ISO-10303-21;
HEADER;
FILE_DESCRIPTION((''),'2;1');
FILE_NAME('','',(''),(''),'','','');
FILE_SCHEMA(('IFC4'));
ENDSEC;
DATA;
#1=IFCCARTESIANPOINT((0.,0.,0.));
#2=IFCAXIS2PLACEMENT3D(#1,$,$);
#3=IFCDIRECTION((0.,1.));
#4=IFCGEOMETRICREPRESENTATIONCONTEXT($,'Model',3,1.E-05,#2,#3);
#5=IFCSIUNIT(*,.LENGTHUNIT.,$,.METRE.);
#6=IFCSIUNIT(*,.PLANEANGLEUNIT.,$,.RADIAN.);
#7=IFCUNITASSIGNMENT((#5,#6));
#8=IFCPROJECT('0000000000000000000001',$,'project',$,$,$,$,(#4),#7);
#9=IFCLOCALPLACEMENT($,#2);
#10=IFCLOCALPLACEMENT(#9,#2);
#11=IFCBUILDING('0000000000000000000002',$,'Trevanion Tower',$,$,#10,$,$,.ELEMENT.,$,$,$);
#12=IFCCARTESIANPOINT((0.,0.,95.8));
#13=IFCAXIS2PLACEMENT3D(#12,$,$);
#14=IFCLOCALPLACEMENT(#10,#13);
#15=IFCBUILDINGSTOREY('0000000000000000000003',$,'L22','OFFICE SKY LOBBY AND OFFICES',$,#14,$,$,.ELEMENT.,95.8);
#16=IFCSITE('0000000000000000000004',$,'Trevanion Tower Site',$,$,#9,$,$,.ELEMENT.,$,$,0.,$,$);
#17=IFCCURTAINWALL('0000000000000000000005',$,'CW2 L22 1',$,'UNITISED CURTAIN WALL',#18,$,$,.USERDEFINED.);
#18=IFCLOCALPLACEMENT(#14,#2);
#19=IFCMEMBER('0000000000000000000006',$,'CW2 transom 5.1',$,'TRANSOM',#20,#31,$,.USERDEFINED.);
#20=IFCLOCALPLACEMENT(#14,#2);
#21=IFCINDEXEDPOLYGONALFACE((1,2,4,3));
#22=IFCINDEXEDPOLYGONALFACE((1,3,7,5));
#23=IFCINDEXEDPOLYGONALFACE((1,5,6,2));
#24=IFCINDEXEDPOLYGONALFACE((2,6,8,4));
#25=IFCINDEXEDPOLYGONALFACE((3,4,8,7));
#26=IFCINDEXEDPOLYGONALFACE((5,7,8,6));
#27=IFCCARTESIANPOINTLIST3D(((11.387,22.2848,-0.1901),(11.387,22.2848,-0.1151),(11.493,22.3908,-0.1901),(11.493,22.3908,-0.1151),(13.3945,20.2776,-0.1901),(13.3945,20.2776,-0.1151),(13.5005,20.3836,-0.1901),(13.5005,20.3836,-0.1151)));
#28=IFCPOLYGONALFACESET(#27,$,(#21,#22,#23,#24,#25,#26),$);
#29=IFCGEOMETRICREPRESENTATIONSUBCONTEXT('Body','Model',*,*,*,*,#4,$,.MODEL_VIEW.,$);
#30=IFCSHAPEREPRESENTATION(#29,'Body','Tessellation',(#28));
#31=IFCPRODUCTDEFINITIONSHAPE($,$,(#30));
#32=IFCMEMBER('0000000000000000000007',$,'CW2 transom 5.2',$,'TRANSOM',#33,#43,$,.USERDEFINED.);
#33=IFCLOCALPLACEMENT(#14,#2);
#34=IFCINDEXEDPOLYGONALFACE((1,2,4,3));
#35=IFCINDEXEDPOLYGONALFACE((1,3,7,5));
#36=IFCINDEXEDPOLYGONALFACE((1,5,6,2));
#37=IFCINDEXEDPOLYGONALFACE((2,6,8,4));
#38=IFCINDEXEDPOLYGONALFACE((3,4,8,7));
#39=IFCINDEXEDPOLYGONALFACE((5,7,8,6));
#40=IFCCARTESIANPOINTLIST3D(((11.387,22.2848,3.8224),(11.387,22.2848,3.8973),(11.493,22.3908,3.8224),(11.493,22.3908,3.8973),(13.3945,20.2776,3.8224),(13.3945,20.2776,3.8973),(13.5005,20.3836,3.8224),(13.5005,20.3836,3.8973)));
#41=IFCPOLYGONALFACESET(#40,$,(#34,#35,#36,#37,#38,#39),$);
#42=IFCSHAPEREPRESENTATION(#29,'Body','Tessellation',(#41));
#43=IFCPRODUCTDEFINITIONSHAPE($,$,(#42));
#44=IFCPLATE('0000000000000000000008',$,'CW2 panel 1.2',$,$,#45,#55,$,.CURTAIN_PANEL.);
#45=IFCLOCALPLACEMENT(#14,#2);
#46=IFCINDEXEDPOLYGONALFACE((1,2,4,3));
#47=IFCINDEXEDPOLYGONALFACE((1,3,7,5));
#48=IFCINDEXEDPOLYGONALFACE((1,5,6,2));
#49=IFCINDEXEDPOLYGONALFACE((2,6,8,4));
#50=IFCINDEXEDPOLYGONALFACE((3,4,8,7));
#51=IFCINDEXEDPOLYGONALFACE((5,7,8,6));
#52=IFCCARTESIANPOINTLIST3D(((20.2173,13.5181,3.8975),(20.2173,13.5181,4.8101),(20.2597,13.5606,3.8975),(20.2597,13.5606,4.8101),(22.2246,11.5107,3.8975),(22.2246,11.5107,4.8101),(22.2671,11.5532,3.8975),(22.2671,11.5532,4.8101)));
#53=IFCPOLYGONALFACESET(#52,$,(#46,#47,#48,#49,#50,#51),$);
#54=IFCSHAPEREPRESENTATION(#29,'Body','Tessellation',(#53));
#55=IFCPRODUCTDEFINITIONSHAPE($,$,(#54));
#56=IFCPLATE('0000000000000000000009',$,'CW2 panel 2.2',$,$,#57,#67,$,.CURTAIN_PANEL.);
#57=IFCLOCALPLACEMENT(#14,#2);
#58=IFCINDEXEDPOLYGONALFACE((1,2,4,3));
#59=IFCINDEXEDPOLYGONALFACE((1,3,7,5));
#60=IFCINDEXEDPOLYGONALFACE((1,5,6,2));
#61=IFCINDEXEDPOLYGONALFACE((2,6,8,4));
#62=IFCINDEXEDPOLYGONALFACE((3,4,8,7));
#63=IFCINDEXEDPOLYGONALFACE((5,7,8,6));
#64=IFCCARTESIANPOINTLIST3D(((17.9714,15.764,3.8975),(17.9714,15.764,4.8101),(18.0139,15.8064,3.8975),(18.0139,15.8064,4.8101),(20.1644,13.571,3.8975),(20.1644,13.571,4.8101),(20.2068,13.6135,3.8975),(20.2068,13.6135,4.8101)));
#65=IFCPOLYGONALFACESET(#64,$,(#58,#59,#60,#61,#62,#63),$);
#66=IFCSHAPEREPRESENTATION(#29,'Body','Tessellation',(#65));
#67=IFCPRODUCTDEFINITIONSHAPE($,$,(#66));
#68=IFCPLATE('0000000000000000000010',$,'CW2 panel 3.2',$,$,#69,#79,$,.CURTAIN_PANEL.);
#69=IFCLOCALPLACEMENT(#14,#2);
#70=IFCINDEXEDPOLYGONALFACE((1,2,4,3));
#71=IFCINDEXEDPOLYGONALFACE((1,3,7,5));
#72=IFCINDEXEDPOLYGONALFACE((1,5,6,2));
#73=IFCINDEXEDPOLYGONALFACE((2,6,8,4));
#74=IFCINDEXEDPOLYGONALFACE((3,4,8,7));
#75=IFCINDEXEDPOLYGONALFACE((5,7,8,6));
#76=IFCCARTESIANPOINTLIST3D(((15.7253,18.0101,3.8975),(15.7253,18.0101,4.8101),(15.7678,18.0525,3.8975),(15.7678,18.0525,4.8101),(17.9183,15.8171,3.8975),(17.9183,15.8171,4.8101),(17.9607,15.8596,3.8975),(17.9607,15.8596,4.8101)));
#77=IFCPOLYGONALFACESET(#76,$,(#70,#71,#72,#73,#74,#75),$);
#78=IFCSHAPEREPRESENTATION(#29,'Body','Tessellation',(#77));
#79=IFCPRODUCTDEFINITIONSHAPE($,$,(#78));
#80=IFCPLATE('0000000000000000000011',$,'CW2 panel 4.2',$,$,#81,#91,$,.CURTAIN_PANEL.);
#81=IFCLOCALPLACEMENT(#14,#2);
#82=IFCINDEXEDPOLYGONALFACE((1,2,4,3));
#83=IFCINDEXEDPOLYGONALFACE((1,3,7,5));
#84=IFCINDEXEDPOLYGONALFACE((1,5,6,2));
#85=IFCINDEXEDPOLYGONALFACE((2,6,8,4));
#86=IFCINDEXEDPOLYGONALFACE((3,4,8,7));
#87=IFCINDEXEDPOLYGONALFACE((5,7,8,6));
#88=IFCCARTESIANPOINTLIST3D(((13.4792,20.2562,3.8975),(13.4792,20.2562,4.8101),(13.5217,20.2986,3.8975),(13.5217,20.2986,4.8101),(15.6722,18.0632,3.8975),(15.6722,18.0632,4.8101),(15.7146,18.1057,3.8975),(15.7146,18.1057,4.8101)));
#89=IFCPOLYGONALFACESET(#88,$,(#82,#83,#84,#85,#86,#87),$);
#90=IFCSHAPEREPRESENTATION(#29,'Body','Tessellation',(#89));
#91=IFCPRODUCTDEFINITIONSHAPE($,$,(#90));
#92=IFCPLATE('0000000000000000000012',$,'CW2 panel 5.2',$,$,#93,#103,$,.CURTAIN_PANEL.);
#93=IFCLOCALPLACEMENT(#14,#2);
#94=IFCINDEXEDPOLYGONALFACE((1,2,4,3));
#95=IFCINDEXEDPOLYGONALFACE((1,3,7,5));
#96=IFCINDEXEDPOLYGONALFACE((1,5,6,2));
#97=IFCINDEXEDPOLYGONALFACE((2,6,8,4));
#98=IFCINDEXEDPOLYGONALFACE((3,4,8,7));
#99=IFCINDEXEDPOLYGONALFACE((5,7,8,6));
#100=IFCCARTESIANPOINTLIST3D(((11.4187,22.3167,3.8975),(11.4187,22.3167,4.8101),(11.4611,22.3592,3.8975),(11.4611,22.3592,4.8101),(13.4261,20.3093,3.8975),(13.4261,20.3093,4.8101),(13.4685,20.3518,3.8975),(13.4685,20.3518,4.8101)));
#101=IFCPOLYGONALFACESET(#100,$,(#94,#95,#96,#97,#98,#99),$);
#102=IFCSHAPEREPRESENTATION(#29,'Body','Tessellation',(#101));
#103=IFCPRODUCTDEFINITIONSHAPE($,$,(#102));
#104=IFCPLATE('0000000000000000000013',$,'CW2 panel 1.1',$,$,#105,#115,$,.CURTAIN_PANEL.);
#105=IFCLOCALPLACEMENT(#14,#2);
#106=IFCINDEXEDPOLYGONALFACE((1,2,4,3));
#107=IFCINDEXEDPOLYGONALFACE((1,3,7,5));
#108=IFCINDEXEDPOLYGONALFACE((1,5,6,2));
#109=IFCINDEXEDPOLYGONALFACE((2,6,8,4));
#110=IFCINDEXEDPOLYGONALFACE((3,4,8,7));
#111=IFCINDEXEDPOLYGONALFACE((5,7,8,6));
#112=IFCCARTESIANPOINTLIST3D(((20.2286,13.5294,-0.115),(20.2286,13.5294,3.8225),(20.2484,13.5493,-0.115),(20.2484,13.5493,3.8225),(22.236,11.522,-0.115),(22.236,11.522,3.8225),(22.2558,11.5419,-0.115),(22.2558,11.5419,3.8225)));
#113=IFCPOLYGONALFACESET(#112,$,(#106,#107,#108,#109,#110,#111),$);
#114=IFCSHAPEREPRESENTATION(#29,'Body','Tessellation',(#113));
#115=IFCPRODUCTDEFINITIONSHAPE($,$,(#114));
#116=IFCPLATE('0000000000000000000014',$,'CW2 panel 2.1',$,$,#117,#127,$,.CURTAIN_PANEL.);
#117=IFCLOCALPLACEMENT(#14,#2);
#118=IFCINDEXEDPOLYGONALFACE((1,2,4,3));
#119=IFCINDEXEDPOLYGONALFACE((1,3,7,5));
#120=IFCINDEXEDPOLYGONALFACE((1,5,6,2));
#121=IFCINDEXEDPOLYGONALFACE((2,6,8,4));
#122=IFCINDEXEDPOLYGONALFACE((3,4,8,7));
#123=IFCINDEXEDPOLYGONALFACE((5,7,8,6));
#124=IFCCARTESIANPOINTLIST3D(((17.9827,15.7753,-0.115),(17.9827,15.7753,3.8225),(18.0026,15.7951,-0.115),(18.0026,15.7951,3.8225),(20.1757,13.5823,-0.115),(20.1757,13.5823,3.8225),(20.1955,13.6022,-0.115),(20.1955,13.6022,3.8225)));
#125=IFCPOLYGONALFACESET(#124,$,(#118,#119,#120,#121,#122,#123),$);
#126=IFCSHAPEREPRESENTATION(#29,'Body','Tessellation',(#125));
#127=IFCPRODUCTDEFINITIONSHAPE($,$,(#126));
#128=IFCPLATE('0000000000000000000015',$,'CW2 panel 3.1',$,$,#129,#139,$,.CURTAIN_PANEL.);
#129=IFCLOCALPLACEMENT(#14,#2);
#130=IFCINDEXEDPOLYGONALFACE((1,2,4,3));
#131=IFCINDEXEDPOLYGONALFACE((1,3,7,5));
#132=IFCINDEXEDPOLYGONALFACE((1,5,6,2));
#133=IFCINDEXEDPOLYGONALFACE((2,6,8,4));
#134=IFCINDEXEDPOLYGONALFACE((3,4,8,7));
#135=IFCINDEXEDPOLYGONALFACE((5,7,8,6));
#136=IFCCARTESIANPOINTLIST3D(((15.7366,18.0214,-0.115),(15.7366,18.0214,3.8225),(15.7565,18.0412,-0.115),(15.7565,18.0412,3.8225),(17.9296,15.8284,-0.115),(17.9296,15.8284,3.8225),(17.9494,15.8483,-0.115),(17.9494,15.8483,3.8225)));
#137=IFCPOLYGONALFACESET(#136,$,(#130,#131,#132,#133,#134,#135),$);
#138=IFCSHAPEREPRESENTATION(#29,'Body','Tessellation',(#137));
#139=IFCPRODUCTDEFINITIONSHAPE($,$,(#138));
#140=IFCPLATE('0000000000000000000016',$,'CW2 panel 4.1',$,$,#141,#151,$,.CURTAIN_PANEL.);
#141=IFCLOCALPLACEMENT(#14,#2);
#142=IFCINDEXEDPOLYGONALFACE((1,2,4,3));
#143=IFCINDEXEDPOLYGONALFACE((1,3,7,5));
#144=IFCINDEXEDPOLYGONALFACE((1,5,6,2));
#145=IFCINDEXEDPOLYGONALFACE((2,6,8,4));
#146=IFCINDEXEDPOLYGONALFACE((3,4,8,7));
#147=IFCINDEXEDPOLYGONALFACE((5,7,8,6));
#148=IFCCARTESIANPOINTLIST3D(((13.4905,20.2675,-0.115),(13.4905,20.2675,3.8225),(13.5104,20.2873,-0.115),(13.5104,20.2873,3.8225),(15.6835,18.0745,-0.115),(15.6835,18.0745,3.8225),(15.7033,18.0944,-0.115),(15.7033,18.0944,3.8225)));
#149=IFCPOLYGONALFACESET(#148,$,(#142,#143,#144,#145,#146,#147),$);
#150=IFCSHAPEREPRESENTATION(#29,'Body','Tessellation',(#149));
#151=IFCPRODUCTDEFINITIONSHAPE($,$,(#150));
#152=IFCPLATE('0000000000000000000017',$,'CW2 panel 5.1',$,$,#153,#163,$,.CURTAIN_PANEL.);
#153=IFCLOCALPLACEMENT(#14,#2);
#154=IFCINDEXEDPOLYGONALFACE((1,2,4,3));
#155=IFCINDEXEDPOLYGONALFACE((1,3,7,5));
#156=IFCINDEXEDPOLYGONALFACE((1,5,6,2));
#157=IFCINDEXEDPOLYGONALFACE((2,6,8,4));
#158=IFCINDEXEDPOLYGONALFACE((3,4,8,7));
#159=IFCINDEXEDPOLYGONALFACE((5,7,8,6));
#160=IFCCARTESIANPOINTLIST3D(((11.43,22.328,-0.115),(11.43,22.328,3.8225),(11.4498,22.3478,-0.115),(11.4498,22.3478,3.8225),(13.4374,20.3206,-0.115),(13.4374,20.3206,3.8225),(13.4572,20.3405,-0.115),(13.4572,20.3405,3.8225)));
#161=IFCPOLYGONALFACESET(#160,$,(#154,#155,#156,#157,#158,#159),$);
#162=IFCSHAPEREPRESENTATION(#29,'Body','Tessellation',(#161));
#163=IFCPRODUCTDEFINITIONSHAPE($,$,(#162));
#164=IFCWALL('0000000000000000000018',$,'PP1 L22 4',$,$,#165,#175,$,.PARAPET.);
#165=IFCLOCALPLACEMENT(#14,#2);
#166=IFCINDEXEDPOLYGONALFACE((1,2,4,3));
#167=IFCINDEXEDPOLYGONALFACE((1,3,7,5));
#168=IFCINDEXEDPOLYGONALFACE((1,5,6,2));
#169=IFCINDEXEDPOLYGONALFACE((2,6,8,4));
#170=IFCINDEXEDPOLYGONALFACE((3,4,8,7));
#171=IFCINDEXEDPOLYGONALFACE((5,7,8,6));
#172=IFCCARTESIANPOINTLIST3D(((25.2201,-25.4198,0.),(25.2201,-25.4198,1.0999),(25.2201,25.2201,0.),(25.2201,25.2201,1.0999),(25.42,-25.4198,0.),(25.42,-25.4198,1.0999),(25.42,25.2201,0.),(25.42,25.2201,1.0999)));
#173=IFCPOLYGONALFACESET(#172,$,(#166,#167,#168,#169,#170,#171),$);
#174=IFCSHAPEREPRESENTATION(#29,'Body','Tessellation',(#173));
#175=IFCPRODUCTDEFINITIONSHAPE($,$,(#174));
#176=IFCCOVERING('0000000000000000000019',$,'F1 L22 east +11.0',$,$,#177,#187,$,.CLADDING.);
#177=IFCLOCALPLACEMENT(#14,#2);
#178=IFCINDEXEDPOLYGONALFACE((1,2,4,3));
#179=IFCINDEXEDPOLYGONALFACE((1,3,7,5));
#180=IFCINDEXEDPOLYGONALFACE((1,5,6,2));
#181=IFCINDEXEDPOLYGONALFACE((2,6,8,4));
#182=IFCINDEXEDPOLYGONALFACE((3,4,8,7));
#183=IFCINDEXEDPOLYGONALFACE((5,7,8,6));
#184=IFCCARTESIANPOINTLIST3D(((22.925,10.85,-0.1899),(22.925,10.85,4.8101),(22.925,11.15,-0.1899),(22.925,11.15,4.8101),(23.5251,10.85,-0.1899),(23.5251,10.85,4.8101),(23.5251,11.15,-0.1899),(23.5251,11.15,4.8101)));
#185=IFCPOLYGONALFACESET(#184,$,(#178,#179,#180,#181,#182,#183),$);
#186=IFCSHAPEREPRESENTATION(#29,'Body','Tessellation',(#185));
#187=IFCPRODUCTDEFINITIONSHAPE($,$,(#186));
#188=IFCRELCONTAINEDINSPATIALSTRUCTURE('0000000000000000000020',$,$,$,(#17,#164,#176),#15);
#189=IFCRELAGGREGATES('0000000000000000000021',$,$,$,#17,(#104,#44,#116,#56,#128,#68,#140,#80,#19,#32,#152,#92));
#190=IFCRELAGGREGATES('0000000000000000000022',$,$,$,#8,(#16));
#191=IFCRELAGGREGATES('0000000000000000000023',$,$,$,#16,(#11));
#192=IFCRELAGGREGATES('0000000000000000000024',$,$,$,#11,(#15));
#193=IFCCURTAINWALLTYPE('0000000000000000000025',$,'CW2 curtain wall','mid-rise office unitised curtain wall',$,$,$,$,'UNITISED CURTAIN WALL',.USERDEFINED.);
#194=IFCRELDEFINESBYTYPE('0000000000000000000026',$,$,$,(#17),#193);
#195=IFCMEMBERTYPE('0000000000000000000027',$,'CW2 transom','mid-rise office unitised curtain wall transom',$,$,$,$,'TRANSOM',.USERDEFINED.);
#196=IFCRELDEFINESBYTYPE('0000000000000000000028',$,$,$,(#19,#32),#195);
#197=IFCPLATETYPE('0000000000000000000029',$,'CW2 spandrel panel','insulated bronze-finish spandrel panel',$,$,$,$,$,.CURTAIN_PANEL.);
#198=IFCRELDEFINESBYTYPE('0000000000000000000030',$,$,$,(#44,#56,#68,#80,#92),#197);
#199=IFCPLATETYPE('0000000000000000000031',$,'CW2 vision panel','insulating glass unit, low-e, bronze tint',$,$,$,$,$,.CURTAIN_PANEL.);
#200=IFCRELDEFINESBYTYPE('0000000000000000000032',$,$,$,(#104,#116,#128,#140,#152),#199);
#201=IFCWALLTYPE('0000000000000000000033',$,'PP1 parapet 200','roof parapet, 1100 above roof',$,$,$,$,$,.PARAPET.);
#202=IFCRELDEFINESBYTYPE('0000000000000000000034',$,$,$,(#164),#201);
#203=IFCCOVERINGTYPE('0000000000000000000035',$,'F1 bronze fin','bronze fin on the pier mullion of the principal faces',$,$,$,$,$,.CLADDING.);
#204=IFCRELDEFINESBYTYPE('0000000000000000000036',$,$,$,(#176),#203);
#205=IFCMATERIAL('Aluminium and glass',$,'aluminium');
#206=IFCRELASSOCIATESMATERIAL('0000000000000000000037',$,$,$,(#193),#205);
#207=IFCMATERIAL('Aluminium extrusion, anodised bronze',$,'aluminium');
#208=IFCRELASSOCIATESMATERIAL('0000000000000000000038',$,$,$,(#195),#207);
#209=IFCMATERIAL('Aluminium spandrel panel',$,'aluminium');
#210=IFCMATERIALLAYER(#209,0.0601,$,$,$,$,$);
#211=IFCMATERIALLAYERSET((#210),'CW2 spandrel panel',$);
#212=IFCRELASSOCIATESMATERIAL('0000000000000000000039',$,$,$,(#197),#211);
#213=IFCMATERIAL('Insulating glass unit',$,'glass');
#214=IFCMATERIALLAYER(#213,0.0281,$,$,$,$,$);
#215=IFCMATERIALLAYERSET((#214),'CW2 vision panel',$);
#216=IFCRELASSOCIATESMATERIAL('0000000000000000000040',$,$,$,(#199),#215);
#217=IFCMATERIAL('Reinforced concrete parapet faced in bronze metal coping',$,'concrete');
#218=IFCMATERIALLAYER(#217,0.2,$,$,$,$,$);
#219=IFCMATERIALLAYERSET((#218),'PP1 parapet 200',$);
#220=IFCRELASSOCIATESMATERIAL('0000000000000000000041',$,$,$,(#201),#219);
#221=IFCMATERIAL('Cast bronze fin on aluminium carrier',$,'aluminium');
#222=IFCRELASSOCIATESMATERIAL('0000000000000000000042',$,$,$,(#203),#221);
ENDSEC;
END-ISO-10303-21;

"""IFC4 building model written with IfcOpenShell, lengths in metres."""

from ifc_helpers import new_model, si_unit, direction, frame, frame_2d, origin, origin_2d, place, context, subcontext, project, spatial, rectangle, extrude, material, layer, layer_set, material_profile, profile_set, type_object, element, aggregate, save


model = new_model("IFC4")

# Units and contexts
model_context = context("Model", 3, precision=1e-05, world=origin(), true_north=direction((0.0, 1.0)))
body_context = subcontext(model_context, "Body", "Model", "MODEL_VIEW")
ifc_project = project(units=[si_unit("LENGTHUNIT", "METRE"), si_unit("PLANEANGLEUNIT", "RADIAN")], contexts=[model_context])

# Site, building, storey
site_placement = place(None, origin())
site = spatial("IfcSite", under=ifc_project, at=site_placement, Name="Trevanion Tower Site", CompositionType="ELEMENT", RefElevation=0.0)
building_placement = place(site_placement, origin())
building = spatial("IfcBuilding", under=site, at=building_placement, Name="Trevanion Tower", CompositionType="ELEMENT")
storey_placement = place(building_placement, frame((0.0, 0.0, 95.8)))
storey = spatial("IfcBuildingStorey", under=building, at=storey_placement, Name="L22", Description="OFFICE SKY LOBBY AND OFFICES", CompositionType="ELEMENT", Elevation=95.8)

# Curtain wall
ifc_material_1 = material(Name="Aluminium and glass", Category="aluminium")
curtain_wall_type = type_object("IfcCurtainWallType", Name="CW2 curtain wall", Description="mid-rise office unitised curtain wall", ElementType="UNITISED CURTAIN WALL", PredefinedType="USERDEFINED", material=ifc_material_1)
curtain_wall_1_placement = place(storey_placement, origin())
curtain_wall_1 = element("IfcCurtainWall", 1, at=curtain_wall_1_placement, inside=storey, type_object=curtain_wall_type, Name="CW2 L22 1", ObjectType="UNITISED CURTAIN WALL", PredefinedType="USERDEFINED")

# Members
ifc_material_2 = material(Name="Aluminium extrusion, anodised bronze", Category="aluminium")
ifc_material_profile_1 = material_profile(ifc_material_2, rectangle(XDim=0.1499, YDim=0.075, at=origin_2d()), Name="CW2 transom")
ifc_profile_set_1 = profile_set([ifc_material_profile_1], Name="Aluminium extrusion, anodised bronze")
member_type_1 = type_object("IfcMemberType", Name="CW2 transom", Description="mid-rise office unitised curtain wall transom", ElementType="TRANSOM", PredefinedType="USERDEFINED", material=ifc_profile_set_1)
member_1_placement = place(storey_placement, frame((13.4475, 20.3306, -0.1526), z_axis=(-0.70715, 0.707064, 0.0), x_axis=(-0.707064, -0.70715, 0.0)))
member_1 = element("IfcMember", 2, at=member_1_placement, type_object=member_type_1, Name="CW2 transom 5.1", ObjectType="TRANSOM", PredefinedType="USERDEFINED", context=body_context, shape_type="SweptSolid", body=[
    extrude(rectangle(XDim=0.1499, YDim=0.075, at=origin_2d()), origin(), (0.0, 0.0, 1.0), 2.8389),
])
member_2_placement = place(storey_placement, frame((13.4475, 20.3306, 3.8599), z_axis=(-0.70715, 0.707064, 0.0), x_axis=(-0.707064, -0.70715, 0.0)))
member_2 = element("IfcMember", 3, at=member_2_placement, type_object=member_type_1, Name="CW2 transom 5.2", ObjectType="TRANSOM", PredefinedType="USERDEFINED", context=body_context, shape_type="SweptSolid", body=[
    extrude(rectangle(XDim=0.1499, YDim=0.075, at=origin_2d()), origin(), (0.0, 0.0, 1.0), 2.8389),
])

# Plates
ifc_material_3 = material(Name="Aluminium spandrel panel", Category="aluminium")
ifc_layer_1 = layer(ifc_material_3, 0.0601)
ifc_layer_set_1 = layer_set([ifc_layer_1], Name="CW2 spandrel panel")
plate_type_1 = type_object("IfcPlateType", Name="CW2 spandrel panel", Description="insulated bronze-finish spandrel panel", PredefinedType="CURTAIN_PANEL", material=ifc_layer_set_1)
plate_1_placement = place(storey_placement, frame((21.2422, 12.5356, 3.8975), z_axis=(0.0, 0.0, 1.0), x_axis=(-0.707107, 0.707107, 0.0)))
plate_1 = element("IfcPlate", 4, at=plate_1_placement, type_object=plate_type_1, Name="CW2 panel 1.2", PredefinedType="CURTAIN_PANEL", context=body_context, shape_type="SweptSolid", body=[
    extrude(rectangle(XDim=2.8389, YDim=0.0601, at=origin_2d()), origin(), (0.0, 0.0, 1.0), 0.9126),
])
plate_2_placement = place(storey_placement, frame((19.0891, 14.6887, 3.8975), z_axis=(0.0, 0.0, 1.0), x_axis=(-0.707107, 0.707107, 0.0)))
plate_2 = element("IfcPlate", 5, at=plate_2_placement, type_object=plate_type_1, Name="CW2 panel 2.2", PredefinedType="CURTAIN_PANEL", context=body_context, shape_type="SweptSolid", body=[
    extrude(rectangle(XDim=3.1013, YDim=0.0601, at=origin_2d()), origin(), (0.0, 0.0, 1.0), 0.9126),
])
plate_3_placement = place(storey_placement, frame((16.843, 16.9348, 3.8975), z_axis=(0.0, 0.0, 1.0), x_axis=(-0.707107, 0.707107, 0.0)))
plate_3 = element("IfcPlate", 6, at=plate_3_placement, type_object=plate_type_1, Name="CW2 panel 3.2", PredefinedType="CURTAIN_PANEL", context=body_context, shape_type="SweptSolid", body=[
    extrude(rectangle(XDim=3.1013, YDim=0.0601, at=origin_2d()), origin(), (0.0, 0.0, 1.0), 0.9126),
])
plate_4_placement = place(storey_placement, frame((14.5969, 19.1809, 3.8975), z_axis=(0.0, 0.0, 1.0), x_axis=(-0.707107, 0.707107, 0.0)))
plate_4 = element("IfcPlate", 7, at=plate_4_placement, type_object=plate_type_1, Name="CW2 panel 4.2", PredefinedType="CURTAIN_PANEL", context=body_context, shape_type="SweptSolid", body=[
    extrude(rectangle(XDim=3.1013, YDim=0.0601, at=origin_2d()), origin(), (0.0, 0.0, 1.0), 0.9126),
])
plate_5_placement = place(storey_placement, frame((12.4436, 21.3342, 3.8975), z_axis=(0.0, 0.0, 1.0), x_axis=(-0.707107, 0.707107, 0.0)))
plate_5 = element("IfcPlate", 8, at=plate_5_placement, type_object=plate_type_1, Name="CW2 panel 5.2", PredefinedType="CURTAIN_PANEL", context=body_context, shape_type="SweptSolid", body=[
    extrude(rectangle(XDim=2.8389, YDim=0.0601, at=origin_2d()), origin(), (0.0, 0.0, 1.0), 0.9126),
])
ifc_material_4 = material(Name="Insulating glass unit", Category="glass")
ifc_layer_2 = layer(ifc_material_4, 0.0281)
ifc_layer_set_2 = layer_set([ifc_layer_2], Name="CW2 vision panel")
plate_type_2 = type_object("IfcPlateType", Name="CW2 vision panel", Description="insulating glass unit, low-e, bronze tint", PredefinedType="CURTAIN_PANEL", material=ifc_layer_set_2)
plate_6_placement = place(storey_placement, frame((21.2422, 12.5356, -0.115), z_axis=(0.0, 0.0, 1.0), x_axis=(-0.707107, 0.707107, 0.0)))
plate_6 = element("IfcPlate", 9, at=plate_6_placement, type_object=plate_type_2, Name="CW2 panel 1.1", PredefinedType="CURTAIN_PANEL", context=body_context, shape_type="SweptSolid", body=[
    extrude(rectangle(XDim=2.8389, YDim=0.0281, at=origin_2d()), origin(), (0.0, 0.0, 1.0), 3.9375),
])
plate_7_placement = place(storey_placement, frame((19.0891, 14.6887, -0.115), z_axis=(0.0, 0.0, 1.0), x_axis=(-0.707107, 0.707107, 0.0)))
plate_7 = element("IfcPlate", 10, at=plate_7_placement, type_object=plate_type_2, Name="CW2 panel 2.1", PredefinedType="CURTAIN_PANEL", context=body_context, shape_type="SweptSolid", body=[
    extrude(rectangle(XDim=3.1013, YDim=0.0281, at=origin_2d()), origin(), (0.0, 0.0, 1.0), 3.9375),
])
plate_8_placement = place(storey_placement, frame((16.843, 16.9348, -0.115), z_axis=(0.0, 0.0, 1.0), x_axis=(-0.707107, 0.707107, 0.0)))
plate_8 = element("IfcPlate", 11, at=plate_8_placement, type_object=plate_type_2, Name="CW2 panel 3.1", PredefinedType="CURTAIN_PANEL", context=body_context, shape_type="SweptSolid", body=[
    extrude(rectangle(XDim=3.1013, YDim=0.0281, at=origin_2d()), origin(), (0.0, 0.0, 1.0), 3.9375),
])
plate_9_placement = place(storey_placement, frame((14.5969, 19.1809, -0.115), z_axis=(0.0, 0.0, 1.0), x_axis=(-0.707107, 0.707107, 0.0)))
plate_9 = element("IfcPlate", 12, at=plate_9_placement, type_object=plate_type_2, Name="CW2 panel 4.1", PredefinedType="CURTAIN_PANEL", context=body_context, shape_type="SweptSolid", body=[
    extrude(rectangle(XDim=3.1013, YDim=0.0281, at=origin_2d()), origin(), (0.0, 0.0, 1.0), 3.9375),
])
plate_10_placement = place(storey_placement, frame((12.4436, 21.3342, -0.115), z_axis=(0.0, 0.0, 1.0), x_axis=(-0.707107, 0.707107, 0.0)))
plate_10 = element("IfcPlate", 13, at=plate_10_placement, type_object=plate_type_2, Name="CW2 panel 5.1", PredefinedType="CURTAIN_PANEL", context=body_context, shape_type="SweptSolid", body=[
    extrude(rectangle(XDim=2.8389, YDim=0.0281, at=origin_2d()), origin(), (0.0, 0.0, 1.0), 3.9375),
])
aggregate(curtain_wall_1, [plate_6, plate_1, plate_7, plate_2, plate_8, plate_3, plate_9, plate_4, member_1, member_2, plate_10, plate_5])

# Wall
ifc_material_5 = material(Name="Reinforced concrete parapet faced in bronze metal coping", Category="concrete")
ifc_layer_3 = layer(ifc_material_5, 0.2)
ifc_layer_set_3 = layer_set([ifc_layer_3], Name="PP1 parapet 200")
wall_type = type_object("IfcWallType", Name="PP1 parapet 200", Description="roof parapet, 1100 above roof", PredefinedType="PARAPET", material=ifc_layer_set_3)
wall_placement = place(storey_placement, frame((25.3201, 25.22, 0.0), z_axis=(0.0, 0.0, 1.0), x_axis=(0.0, -1.0, 0.0)))
element("IfcWall", 14, at=wall_placement, inside=storey, type_object=wall_type, Name="PP1 L22 4", PredefinedType="PARAPET", context=body_context, shape_type="SweptSolid", body=[
    extrude(rectangle(XDim=50.6399, YDim=0.2, at=frame_2d((25.3198, 0.0))), origin(), (0.0, 0.0, 1.0), 1.0999),
])

# Covering
ifc_material_6 = material(Name="Cast bronze fin on aluminium carrier", Category="aluminium")
covering_type = type_object("IfcCoveringType", Name="F1 bronze fin", Description="bronze fin on the pier mullion of the principal faces", PredefinedType="CLADDING", material=ifc_material_6)
covering_placement = place(storey_placement, frame((23.2251, 11.0, -0.1899), z_axis=(0.0, 0.0, 1.0), x_axis=(0.0, 1.0, 0.0)))
element("IfcCovering", 15, at=covering_placement, inside=storey, type_object=covering_type, Name="F1 L22 east +11.0", PredefinedType="CLADDING", context=body_context, shape_type="SweptSolid", body=[
    extrude(rectangle(XDim=0.3, YDim=0.6001, at=origin_2d()), origin(), (0.0, 0.0, 1.0), 5.0),
])

save(model, "model.ifc")
